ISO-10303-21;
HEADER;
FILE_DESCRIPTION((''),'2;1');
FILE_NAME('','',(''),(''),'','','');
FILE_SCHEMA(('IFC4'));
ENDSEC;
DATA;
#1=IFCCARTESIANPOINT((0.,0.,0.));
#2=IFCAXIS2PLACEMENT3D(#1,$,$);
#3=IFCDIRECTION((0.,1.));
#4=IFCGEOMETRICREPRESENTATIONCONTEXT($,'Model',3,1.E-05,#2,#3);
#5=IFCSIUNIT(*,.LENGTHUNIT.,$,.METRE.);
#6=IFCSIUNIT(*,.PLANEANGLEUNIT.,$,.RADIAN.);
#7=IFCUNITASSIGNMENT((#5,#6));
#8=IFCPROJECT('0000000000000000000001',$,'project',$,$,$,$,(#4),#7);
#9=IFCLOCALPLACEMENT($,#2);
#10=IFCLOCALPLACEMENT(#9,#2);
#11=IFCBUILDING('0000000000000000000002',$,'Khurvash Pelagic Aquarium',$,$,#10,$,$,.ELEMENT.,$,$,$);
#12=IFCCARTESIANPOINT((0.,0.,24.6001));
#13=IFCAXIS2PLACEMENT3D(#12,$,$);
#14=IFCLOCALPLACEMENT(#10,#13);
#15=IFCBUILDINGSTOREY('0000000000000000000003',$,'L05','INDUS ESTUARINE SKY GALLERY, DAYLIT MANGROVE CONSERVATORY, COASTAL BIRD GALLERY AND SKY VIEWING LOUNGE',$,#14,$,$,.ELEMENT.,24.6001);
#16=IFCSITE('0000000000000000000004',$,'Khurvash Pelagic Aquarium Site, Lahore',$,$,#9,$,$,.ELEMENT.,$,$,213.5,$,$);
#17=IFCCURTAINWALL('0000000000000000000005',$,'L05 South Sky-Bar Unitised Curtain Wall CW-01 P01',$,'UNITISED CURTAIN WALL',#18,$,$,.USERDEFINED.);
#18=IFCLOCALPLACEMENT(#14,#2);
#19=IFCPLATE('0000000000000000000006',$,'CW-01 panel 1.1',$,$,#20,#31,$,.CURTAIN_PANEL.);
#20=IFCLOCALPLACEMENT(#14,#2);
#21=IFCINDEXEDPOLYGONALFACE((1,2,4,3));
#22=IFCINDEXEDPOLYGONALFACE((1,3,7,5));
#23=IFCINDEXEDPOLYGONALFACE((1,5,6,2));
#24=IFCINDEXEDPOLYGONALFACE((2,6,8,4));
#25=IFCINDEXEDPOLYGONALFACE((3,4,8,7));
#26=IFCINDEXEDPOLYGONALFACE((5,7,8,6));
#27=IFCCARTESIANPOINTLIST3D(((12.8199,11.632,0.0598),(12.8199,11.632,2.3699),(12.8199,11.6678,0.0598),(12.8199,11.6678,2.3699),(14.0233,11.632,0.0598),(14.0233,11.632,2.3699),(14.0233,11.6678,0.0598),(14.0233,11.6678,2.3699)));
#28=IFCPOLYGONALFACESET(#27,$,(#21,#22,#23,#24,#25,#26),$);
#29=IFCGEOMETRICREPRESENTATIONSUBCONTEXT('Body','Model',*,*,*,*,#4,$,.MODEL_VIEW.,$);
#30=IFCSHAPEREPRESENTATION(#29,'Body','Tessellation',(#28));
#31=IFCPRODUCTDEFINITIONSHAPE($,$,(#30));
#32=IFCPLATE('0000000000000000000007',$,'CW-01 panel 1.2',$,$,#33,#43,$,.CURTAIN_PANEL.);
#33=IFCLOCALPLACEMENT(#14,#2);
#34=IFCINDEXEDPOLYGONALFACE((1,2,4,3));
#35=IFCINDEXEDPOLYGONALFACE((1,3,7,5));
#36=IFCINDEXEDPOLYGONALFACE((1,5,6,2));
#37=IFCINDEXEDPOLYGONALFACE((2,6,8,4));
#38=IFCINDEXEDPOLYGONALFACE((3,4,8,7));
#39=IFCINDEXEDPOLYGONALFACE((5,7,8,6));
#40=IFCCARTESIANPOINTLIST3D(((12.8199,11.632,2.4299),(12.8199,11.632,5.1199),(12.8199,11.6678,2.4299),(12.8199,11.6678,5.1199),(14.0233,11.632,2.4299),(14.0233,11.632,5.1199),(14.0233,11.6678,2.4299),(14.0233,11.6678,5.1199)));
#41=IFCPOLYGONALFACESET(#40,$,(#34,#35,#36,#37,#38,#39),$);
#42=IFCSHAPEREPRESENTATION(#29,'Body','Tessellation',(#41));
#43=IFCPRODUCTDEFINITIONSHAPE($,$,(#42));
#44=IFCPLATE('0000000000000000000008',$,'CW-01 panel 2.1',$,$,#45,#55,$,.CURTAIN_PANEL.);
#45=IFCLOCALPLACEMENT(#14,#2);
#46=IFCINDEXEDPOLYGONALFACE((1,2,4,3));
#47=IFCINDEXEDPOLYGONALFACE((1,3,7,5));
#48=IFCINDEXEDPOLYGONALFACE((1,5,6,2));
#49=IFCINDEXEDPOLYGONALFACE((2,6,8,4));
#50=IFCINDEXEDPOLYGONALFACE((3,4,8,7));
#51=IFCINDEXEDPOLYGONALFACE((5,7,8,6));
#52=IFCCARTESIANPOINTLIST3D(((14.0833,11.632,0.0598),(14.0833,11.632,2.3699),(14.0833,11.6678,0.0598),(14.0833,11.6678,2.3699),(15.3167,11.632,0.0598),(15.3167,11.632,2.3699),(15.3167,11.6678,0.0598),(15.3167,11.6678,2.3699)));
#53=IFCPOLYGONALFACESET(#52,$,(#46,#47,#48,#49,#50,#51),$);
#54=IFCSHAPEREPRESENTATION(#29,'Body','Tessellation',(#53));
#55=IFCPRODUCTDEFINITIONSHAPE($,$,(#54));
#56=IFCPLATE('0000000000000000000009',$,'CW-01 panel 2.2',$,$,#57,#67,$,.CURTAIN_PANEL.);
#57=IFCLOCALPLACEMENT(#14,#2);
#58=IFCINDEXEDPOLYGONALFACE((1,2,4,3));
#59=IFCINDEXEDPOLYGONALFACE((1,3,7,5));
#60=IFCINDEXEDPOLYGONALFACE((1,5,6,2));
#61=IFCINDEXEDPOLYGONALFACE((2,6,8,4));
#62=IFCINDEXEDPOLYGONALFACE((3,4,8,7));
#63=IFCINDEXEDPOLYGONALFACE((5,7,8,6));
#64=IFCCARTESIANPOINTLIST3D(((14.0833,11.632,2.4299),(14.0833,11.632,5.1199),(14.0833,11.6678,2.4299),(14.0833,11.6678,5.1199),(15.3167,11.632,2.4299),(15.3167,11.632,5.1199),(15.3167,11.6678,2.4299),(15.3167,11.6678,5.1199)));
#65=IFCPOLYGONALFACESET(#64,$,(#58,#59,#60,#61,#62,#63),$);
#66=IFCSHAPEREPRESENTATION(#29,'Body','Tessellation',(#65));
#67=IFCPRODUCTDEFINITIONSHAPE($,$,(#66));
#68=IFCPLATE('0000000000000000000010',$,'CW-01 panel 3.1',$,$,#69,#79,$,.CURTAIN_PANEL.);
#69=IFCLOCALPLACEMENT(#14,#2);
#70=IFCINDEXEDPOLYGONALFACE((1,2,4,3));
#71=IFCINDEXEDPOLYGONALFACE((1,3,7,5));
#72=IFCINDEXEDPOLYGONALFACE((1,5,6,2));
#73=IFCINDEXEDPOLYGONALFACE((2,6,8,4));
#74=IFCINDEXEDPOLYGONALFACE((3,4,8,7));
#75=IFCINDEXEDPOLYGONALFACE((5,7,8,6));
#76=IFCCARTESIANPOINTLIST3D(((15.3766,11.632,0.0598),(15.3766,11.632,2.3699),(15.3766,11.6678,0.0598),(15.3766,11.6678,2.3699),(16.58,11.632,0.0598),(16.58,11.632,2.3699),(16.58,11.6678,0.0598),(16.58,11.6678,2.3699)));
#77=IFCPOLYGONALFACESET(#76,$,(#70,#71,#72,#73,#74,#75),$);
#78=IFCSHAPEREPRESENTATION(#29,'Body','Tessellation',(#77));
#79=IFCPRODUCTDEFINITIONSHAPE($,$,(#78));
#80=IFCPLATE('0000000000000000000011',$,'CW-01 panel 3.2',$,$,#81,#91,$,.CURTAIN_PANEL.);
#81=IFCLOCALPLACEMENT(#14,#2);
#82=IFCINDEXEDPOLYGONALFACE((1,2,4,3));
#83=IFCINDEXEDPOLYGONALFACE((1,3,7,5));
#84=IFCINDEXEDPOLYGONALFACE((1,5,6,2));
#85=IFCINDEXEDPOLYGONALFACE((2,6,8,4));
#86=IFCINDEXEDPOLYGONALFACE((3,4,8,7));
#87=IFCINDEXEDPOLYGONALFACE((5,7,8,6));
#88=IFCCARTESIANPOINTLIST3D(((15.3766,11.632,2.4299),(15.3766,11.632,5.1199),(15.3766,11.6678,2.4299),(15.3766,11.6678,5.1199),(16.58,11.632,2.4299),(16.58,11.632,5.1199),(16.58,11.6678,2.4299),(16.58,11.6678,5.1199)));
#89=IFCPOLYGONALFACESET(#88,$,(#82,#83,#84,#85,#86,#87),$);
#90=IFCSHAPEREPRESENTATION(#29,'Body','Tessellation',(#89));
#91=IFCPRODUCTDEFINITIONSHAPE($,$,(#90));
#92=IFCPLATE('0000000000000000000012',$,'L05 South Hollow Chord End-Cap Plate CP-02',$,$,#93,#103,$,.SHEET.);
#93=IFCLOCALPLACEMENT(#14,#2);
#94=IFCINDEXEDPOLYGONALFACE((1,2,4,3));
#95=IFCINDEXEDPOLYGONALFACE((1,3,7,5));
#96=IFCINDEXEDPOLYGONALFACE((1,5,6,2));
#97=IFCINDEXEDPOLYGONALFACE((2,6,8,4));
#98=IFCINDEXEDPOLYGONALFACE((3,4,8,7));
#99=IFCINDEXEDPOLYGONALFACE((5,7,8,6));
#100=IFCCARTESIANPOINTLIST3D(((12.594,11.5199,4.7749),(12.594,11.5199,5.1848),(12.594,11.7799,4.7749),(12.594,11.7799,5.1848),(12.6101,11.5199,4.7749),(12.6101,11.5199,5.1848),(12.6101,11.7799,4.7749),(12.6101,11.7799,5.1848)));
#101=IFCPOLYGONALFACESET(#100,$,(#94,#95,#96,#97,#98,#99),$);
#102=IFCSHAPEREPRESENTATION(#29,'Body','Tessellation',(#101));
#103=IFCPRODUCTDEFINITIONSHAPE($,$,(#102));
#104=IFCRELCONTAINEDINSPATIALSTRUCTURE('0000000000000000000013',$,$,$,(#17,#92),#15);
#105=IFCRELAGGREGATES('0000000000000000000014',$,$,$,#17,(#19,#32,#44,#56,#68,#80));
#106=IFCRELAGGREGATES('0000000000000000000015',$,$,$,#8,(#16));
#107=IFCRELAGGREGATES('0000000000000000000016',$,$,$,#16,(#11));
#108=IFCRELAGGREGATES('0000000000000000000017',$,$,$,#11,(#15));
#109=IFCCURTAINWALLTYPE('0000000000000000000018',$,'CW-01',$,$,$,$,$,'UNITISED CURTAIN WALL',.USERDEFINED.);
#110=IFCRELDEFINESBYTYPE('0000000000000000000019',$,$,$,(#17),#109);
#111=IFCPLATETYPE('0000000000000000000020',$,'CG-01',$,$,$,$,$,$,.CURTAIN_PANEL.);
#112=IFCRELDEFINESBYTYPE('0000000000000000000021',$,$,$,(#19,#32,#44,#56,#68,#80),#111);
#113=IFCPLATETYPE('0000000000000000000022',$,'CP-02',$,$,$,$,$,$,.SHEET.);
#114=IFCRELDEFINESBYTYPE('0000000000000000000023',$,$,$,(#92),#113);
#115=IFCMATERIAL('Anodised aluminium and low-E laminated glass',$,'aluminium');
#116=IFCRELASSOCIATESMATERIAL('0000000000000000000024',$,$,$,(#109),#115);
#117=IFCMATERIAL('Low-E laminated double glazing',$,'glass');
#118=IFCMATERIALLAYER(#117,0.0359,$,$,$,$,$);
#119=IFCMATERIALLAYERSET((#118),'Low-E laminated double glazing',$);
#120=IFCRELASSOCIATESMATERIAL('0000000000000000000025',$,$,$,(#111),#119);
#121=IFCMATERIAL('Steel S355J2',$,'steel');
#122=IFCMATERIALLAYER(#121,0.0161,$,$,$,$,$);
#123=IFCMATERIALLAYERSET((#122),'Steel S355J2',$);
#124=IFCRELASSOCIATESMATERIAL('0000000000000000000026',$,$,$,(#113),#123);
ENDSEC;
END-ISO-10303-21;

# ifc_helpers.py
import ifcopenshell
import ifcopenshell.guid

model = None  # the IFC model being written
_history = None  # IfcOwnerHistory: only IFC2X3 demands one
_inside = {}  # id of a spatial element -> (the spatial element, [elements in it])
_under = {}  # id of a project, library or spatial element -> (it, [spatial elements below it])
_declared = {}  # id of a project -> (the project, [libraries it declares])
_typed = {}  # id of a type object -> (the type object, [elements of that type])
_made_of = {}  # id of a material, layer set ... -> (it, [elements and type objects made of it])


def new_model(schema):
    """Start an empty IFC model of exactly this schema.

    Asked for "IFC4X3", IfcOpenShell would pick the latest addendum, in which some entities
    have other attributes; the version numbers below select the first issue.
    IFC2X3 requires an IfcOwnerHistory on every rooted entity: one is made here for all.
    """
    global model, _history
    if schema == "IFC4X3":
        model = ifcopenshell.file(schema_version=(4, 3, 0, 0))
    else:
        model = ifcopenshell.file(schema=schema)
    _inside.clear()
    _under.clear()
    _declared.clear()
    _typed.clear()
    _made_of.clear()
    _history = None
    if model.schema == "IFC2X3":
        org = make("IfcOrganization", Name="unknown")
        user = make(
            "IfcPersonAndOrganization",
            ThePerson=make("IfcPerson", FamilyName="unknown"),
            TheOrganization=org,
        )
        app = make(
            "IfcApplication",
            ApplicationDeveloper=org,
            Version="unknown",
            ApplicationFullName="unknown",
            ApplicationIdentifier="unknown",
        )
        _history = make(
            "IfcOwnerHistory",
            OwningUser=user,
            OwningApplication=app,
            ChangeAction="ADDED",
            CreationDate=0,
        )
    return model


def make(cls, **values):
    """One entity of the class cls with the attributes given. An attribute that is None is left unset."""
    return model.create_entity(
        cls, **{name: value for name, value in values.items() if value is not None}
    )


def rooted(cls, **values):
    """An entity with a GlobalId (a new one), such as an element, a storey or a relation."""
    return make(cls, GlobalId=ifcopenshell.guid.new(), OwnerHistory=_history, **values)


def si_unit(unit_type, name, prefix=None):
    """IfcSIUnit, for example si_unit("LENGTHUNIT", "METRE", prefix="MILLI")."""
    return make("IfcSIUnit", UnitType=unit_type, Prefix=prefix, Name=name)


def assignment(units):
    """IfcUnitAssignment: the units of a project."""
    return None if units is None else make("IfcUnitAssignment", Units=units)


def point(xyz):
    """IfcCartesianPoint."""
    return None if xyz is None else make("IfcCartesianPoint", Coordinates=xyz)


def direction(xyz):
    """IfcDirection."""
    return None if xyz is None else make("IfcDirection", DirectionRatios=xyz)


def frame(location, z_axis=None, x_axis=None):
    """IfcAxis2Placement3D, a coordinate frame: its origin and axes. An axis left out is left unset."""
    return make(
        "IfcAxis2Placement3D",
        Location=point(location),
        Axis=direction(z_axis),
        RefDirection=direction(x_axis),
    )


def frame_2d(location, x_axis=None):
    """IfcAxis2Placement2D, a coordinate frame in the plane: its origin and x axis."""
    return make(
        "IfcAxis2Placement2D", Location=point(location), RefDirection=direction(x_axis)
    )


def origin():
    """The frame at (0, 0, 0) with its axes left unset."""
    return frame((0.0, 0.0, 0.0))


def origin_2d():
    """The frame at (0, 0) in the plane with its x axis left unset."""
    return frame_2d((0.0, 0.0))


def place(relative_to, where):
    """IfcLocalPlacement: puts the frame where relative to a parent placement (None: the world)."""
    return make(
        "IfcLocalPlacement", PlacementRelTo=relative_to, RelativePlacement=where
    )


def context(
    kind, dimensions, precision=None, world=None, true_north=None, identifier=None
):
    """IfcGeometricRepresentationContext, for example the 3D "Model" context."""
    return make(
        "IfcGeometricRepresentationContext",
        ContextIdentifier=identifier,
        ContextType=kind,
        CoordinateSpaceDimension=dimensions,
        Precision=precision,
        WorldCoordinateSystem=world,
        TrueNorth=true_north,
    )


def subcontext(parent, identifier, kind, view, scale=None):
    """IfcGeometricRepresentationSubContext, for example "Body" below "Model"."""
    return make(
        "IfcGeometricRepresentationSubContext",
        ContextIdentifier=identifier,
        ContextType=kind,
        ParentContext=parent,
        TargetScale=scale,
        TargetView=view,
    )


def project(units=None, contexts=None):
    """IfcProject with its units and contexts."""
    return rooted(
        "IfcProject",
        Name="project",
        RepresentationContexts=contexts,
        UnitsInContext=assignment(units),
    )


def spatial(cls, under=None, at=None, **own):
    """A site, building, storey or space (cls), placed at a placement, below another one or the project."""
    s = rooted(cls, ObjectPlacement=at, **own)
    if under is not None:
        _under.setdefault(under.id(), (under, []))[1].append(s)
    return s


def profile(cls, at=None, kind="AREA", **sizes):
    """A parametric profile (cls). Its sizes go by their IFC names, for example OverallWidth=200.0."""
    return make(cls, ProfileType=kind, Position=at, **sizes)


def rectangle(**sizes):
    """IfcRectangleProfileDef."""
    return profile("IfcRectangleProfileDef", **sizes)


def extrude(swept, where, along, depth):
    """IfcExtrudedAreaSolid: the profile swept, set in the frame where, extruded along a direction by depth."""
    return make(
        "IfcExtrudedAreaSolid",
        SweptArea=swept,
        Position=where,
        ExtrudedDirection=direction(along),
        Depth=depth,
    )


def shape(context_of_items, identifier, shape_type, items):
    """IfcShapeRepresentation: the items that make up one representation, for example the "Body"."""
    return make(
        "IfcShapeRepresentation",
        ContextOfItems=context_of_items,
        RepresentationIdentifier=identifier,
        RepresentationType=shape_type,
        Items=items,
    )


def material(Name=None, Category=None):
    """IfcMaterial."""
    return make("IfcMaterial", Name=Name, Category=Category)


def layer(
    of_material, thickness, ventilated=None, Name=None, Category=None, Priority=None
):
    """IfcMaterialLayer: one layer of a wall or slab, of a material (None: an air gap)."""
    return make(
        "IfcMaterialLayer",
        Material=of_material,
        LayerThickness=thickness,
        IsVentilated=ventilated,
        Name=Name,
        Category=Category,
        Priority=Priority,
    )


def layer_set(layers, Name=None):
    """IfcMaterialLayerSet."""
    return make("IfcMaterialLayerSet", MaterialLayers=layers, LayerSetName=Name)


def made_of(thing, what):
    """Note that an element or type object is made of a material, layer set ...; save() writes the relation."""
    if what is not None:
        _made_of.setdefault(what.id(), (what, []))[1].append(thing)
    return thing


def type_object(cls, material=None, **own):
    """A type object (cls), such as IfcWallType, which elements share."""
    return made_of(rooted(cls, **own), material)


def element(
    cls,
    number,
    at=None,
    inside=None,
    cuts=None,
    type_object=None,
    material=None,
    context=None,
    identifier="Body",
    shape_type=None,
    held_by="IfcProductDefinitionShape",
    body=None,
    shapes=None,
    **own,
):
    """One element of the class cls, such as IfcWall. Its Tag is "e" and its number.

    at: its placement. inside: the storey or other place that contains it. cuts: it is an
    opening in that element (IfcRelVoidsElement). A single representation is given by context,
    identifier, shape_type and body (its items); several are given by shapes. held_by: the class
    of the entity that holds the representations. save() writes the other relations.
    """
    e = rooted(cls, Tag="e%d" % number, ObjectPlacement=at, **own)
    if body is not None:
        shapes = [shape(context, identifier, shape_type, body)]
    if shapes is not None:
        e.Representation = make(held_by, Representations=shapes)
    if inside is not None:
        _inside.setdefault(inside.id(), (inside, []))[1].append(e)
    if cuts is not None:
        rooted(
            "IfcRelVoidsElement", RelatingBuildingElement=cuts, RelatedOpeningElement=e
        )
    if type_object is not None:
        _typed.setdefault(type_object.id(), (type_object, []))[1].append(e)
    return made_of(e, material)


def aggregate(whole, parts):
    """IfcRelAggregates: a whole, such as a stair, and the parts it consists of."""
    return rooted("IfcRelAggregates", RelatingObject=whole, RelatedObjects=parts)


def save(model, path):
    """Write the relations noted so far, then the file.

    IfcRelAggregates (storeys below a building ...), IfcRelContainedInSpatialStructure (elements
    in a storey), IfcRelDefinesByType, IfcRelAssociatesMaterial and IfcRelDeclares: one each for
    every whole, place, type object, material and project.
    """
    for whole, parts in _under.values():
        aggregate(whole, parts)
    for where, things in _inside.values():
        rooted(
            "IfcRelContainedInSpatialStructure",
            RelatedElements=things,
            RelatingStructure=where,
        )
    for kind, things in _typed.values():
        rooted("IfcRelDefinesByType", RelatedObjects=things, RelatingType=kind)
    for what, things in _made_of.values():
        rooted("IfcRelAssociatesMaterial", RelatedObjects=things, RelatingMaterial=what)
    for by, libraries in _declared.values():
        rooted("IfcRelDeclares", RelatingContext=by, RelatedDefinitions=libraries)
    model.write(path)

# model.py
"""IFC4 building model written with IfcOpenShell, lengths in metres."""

from ifc_helpers import new_model, si_unit, direction, frame, origin, origin_2d, place, context, subcontext, project, spatial, rectangle, extrude, material, layer, layer_set, type_object, element, aggregate, save


model = new_model("IFC4")

# Units and contexts
model_context = context("Model", 3, precision=1e-05, world=origin(), true_north=direction((0.0, 1.0)))
body_context = subcontext(model_context, "Body", "Model", "MODEL_VIEW")
ifc_project = project(units=[si_unit("LENGTHUNIT", "METRE"), si_unit("PLANEANGLEUNIT", "RADIAN")], contexts=[model_context])

# Site, building, storey
site_placement = place(None, origin())
site = spatial("IfcSite", under=ifc_project, at=site_placement, Name="Khurvash Pelagic Aquarium Site, Lahore", CompositionType="ELEMENT", RefElevation=213.5)
building_placement = place(site_placement, origin())
building = spatial("IfcBuilding", under=site, at=building_placement, Name="Khurvash Pelagic Aquarium", CompositionType="ELEMENT")
storey_placement = place(building_placement, frame((0.0, 0.0, 24.6001)))
storey = spatial("IfcBuildingStorey", under=building, at=storey_placement, Name="L05", Description="INDUS ESTUARINE SKY GALLERY, DAYLIT MANGROVE CONSERVATORY, COASTAL BIRD GALLERY AND SKY VIEWING LOUNGE", CompositionType="ELEMENT", Elevation=24.6001)

# Curtain wall
ifc_material_1 = material(Name="Anodised aluminium and low-E laminated glass", Category="aluminium")
curtain_wall_type = type_object("IfcCurtainWallType", Name="CW-01", ElementType="UNITISED CURTAIN WALL", PredefinedType="USERDEFINED", material=ifc_material_1)
curtain_wall_placement = place(storey_placement, origin())
curtain_wall = element("IfcCurtainWall", 1, at=curtain_wall_placement, inside=storey, type_object=curtain_wall_type, Name="L05 South Sky-Bar Unitised Curtain Wall CW-01 P01", ObjectType="UNITISED CURTAIN WALL", PredefinedType="USERDEFINED")

# Shared definitions
ifc_material_2 = material(Name="Steel S355J2", Category="steel")

# Plates
ifc_material_3 = material(Name="Low-E laminated double glazing", Category="glass")
ifc_layer_1 = layer(ifc_material_3, 0.0359)
ifc_layer_set_1 = layer_set([ifc_layer_1], Name="Low-E laminated double glazing")
plate_type_1 = type_object("IfcPlateType", Name="CG-01", PredefinedType="CURTAIN_PANEL", material=ifc_layer_set_1)
plate_1_placement = place(storey_placement, frame((13.4216, 11.6499, 0.0598), z_axis=(0.0, 0.0, 1.0), x_axis=(1.0, 0.0, 0.0)))
plate_1 = element("IfcPlate", 2, at=plate_1_placement, type_object=plate_type_1, Name="CW-01 panel 1.1", PredefinedType="CURTAIN_PANEL", context=body_context, shape_type="SweptSolid", body=[
    extrude(rectangle(XDim=1.2034, YDim=0.0359, at=origin_2d()), origin(), (0.0, 0.0, 1.0), 2.3101),
])
plate_2_placement = place(storey_placement, frame((13.4216, 11.6499, 2.4299), z_axis=(0.0, 0.0, 1.0), x_axis=(1.0, 0.0, 0.0)))
plate_2 = element("IfcPlate", 3, at=plate_2_placement, type_object=plate_type_1, Name="CW-01 panel 1.2", PredefinedType="CURTAIN_PANEL", context=body_context, shape_type="SweptSolid", body=[
    extrude(rectangle(XDim=1.2034, YDim=0.0359, at=origin_2d()), origin(), (0.0, 0.0, 1.0), 2.6899),
])
plate_3_placement = place(storey_placement, frame((14.7, 11.6499, 0.0598), z_axis=(0.0, 0.0, 1.0), x_axis=(1.0, 0.0, 0.0)))
plate_3 = element("IfcPlate", 4, at=plate_3_placement, type_object=plate_type_1, Name="CW-01 panel 2.1", PredefinedType="CURTAIN_PANEL", context=body_context, shape_type="SweptSolid", body=[
    extrude(rectangle(XDim=1.2334, YDim=0.0359, at=origin_2d()), origin(), (0.0, 0.0, 1.0), 2.3101),
])
plate_4_placement = place(storey_placement, frame((14.7, 11.6499, 2.4299), z_axis=(0.0, 0.0, 1.0), x_axis=(1.0, 0.0, 0.0)))
plate_4 = element("IfcPlate", 5, at=plate_4_placement, type_object=plate_type_1, Name="CW-01 panel 2.2", PredefinedType="CURTAIN_PANEL", context=body_context, shape_type="SweptSolid", body=[
    extrude(rectangle(XDim=1.2334, YDim=0.0359, at=origin_2d()), origin(), (0.0, 0.0, 1.0), 2.6899),
])
plate_5_placement = place(storey_placement, frame((15.9783, 11.6499, 0.0598), z_axis=(0.0, 0.0, 1.0), x_axis=(1.0, 0.0, 0.0)))
plate_5 = element("IfcPlate", 6, at=plate_5_placement, type_object=plate_type_1, Name="CW-01 panel 3.1", PredefinedType="CURTAIN_PANEL", context=body_context, shape_type="SweptSolid", body=[
    extrude(rectangle(XDim=1.2034, YDim=0.0359, at=origin_2d()), origin(), (0.0, 0.0, 1.0), 2.3101),
])
plate_6_placement = place(storey_placement, frame((15.9783, 11.6499, 2.4299), z_axis=(0.0, 0.0, 1.0), x_axis=(1.0, 0.0, 0.0)))
plate_6 = element("IfcPlate", 7, at=plate_6_placement, type_object=plate_type_1, Name="CW-01 panel 3.2", PredefinedType="CURTAIN_PANEL", context=body_context, shape_type="SweptSolid", body=[
    extrude(rectangle(XDim=1.2034, YDim=0.0359, at=origin_2d()), origin(), (0.0, 0.0, 1.0), 2.6899),
])
aggregate(curtain_wall, [plate_1, plate_2, plate_3, plate_4, plate_5, plate_6])
ifc_layer_2 = layer(ifc_material_2, 0.0161)
ifc_layer_set_2 = layer_set([ifc_layer_2], Name="Steel S355J2")
plate_type_2 = type_object("IfcPlateType", Name="CP-02", PredefinedType="SHEET", material=ifc_layer_set_2)
plate_7_placement = place(storey_placement, frame((12.6021, 11.6499, 4.7749), z_axis=(0.0, 0.0, 1.0), x_axis=(0.0, 1.0, 0.0)))
element("IfcPlate", 8, at=plate_7_placement, inside=storey, type_object=plate_type_2, Name="L05 South Hollow Chord End-Cap Plate CP-02", PredefinedType="SHEET", context=body_context, shape_type="SweptSolid", body=[
    extrude(rectangle(XDim=0.26, YDim=0.0161, at=origin_2d()), origin(), (0.0, 0.0, 1.0), 0.4099),
])

save(model, "model.ifc")
